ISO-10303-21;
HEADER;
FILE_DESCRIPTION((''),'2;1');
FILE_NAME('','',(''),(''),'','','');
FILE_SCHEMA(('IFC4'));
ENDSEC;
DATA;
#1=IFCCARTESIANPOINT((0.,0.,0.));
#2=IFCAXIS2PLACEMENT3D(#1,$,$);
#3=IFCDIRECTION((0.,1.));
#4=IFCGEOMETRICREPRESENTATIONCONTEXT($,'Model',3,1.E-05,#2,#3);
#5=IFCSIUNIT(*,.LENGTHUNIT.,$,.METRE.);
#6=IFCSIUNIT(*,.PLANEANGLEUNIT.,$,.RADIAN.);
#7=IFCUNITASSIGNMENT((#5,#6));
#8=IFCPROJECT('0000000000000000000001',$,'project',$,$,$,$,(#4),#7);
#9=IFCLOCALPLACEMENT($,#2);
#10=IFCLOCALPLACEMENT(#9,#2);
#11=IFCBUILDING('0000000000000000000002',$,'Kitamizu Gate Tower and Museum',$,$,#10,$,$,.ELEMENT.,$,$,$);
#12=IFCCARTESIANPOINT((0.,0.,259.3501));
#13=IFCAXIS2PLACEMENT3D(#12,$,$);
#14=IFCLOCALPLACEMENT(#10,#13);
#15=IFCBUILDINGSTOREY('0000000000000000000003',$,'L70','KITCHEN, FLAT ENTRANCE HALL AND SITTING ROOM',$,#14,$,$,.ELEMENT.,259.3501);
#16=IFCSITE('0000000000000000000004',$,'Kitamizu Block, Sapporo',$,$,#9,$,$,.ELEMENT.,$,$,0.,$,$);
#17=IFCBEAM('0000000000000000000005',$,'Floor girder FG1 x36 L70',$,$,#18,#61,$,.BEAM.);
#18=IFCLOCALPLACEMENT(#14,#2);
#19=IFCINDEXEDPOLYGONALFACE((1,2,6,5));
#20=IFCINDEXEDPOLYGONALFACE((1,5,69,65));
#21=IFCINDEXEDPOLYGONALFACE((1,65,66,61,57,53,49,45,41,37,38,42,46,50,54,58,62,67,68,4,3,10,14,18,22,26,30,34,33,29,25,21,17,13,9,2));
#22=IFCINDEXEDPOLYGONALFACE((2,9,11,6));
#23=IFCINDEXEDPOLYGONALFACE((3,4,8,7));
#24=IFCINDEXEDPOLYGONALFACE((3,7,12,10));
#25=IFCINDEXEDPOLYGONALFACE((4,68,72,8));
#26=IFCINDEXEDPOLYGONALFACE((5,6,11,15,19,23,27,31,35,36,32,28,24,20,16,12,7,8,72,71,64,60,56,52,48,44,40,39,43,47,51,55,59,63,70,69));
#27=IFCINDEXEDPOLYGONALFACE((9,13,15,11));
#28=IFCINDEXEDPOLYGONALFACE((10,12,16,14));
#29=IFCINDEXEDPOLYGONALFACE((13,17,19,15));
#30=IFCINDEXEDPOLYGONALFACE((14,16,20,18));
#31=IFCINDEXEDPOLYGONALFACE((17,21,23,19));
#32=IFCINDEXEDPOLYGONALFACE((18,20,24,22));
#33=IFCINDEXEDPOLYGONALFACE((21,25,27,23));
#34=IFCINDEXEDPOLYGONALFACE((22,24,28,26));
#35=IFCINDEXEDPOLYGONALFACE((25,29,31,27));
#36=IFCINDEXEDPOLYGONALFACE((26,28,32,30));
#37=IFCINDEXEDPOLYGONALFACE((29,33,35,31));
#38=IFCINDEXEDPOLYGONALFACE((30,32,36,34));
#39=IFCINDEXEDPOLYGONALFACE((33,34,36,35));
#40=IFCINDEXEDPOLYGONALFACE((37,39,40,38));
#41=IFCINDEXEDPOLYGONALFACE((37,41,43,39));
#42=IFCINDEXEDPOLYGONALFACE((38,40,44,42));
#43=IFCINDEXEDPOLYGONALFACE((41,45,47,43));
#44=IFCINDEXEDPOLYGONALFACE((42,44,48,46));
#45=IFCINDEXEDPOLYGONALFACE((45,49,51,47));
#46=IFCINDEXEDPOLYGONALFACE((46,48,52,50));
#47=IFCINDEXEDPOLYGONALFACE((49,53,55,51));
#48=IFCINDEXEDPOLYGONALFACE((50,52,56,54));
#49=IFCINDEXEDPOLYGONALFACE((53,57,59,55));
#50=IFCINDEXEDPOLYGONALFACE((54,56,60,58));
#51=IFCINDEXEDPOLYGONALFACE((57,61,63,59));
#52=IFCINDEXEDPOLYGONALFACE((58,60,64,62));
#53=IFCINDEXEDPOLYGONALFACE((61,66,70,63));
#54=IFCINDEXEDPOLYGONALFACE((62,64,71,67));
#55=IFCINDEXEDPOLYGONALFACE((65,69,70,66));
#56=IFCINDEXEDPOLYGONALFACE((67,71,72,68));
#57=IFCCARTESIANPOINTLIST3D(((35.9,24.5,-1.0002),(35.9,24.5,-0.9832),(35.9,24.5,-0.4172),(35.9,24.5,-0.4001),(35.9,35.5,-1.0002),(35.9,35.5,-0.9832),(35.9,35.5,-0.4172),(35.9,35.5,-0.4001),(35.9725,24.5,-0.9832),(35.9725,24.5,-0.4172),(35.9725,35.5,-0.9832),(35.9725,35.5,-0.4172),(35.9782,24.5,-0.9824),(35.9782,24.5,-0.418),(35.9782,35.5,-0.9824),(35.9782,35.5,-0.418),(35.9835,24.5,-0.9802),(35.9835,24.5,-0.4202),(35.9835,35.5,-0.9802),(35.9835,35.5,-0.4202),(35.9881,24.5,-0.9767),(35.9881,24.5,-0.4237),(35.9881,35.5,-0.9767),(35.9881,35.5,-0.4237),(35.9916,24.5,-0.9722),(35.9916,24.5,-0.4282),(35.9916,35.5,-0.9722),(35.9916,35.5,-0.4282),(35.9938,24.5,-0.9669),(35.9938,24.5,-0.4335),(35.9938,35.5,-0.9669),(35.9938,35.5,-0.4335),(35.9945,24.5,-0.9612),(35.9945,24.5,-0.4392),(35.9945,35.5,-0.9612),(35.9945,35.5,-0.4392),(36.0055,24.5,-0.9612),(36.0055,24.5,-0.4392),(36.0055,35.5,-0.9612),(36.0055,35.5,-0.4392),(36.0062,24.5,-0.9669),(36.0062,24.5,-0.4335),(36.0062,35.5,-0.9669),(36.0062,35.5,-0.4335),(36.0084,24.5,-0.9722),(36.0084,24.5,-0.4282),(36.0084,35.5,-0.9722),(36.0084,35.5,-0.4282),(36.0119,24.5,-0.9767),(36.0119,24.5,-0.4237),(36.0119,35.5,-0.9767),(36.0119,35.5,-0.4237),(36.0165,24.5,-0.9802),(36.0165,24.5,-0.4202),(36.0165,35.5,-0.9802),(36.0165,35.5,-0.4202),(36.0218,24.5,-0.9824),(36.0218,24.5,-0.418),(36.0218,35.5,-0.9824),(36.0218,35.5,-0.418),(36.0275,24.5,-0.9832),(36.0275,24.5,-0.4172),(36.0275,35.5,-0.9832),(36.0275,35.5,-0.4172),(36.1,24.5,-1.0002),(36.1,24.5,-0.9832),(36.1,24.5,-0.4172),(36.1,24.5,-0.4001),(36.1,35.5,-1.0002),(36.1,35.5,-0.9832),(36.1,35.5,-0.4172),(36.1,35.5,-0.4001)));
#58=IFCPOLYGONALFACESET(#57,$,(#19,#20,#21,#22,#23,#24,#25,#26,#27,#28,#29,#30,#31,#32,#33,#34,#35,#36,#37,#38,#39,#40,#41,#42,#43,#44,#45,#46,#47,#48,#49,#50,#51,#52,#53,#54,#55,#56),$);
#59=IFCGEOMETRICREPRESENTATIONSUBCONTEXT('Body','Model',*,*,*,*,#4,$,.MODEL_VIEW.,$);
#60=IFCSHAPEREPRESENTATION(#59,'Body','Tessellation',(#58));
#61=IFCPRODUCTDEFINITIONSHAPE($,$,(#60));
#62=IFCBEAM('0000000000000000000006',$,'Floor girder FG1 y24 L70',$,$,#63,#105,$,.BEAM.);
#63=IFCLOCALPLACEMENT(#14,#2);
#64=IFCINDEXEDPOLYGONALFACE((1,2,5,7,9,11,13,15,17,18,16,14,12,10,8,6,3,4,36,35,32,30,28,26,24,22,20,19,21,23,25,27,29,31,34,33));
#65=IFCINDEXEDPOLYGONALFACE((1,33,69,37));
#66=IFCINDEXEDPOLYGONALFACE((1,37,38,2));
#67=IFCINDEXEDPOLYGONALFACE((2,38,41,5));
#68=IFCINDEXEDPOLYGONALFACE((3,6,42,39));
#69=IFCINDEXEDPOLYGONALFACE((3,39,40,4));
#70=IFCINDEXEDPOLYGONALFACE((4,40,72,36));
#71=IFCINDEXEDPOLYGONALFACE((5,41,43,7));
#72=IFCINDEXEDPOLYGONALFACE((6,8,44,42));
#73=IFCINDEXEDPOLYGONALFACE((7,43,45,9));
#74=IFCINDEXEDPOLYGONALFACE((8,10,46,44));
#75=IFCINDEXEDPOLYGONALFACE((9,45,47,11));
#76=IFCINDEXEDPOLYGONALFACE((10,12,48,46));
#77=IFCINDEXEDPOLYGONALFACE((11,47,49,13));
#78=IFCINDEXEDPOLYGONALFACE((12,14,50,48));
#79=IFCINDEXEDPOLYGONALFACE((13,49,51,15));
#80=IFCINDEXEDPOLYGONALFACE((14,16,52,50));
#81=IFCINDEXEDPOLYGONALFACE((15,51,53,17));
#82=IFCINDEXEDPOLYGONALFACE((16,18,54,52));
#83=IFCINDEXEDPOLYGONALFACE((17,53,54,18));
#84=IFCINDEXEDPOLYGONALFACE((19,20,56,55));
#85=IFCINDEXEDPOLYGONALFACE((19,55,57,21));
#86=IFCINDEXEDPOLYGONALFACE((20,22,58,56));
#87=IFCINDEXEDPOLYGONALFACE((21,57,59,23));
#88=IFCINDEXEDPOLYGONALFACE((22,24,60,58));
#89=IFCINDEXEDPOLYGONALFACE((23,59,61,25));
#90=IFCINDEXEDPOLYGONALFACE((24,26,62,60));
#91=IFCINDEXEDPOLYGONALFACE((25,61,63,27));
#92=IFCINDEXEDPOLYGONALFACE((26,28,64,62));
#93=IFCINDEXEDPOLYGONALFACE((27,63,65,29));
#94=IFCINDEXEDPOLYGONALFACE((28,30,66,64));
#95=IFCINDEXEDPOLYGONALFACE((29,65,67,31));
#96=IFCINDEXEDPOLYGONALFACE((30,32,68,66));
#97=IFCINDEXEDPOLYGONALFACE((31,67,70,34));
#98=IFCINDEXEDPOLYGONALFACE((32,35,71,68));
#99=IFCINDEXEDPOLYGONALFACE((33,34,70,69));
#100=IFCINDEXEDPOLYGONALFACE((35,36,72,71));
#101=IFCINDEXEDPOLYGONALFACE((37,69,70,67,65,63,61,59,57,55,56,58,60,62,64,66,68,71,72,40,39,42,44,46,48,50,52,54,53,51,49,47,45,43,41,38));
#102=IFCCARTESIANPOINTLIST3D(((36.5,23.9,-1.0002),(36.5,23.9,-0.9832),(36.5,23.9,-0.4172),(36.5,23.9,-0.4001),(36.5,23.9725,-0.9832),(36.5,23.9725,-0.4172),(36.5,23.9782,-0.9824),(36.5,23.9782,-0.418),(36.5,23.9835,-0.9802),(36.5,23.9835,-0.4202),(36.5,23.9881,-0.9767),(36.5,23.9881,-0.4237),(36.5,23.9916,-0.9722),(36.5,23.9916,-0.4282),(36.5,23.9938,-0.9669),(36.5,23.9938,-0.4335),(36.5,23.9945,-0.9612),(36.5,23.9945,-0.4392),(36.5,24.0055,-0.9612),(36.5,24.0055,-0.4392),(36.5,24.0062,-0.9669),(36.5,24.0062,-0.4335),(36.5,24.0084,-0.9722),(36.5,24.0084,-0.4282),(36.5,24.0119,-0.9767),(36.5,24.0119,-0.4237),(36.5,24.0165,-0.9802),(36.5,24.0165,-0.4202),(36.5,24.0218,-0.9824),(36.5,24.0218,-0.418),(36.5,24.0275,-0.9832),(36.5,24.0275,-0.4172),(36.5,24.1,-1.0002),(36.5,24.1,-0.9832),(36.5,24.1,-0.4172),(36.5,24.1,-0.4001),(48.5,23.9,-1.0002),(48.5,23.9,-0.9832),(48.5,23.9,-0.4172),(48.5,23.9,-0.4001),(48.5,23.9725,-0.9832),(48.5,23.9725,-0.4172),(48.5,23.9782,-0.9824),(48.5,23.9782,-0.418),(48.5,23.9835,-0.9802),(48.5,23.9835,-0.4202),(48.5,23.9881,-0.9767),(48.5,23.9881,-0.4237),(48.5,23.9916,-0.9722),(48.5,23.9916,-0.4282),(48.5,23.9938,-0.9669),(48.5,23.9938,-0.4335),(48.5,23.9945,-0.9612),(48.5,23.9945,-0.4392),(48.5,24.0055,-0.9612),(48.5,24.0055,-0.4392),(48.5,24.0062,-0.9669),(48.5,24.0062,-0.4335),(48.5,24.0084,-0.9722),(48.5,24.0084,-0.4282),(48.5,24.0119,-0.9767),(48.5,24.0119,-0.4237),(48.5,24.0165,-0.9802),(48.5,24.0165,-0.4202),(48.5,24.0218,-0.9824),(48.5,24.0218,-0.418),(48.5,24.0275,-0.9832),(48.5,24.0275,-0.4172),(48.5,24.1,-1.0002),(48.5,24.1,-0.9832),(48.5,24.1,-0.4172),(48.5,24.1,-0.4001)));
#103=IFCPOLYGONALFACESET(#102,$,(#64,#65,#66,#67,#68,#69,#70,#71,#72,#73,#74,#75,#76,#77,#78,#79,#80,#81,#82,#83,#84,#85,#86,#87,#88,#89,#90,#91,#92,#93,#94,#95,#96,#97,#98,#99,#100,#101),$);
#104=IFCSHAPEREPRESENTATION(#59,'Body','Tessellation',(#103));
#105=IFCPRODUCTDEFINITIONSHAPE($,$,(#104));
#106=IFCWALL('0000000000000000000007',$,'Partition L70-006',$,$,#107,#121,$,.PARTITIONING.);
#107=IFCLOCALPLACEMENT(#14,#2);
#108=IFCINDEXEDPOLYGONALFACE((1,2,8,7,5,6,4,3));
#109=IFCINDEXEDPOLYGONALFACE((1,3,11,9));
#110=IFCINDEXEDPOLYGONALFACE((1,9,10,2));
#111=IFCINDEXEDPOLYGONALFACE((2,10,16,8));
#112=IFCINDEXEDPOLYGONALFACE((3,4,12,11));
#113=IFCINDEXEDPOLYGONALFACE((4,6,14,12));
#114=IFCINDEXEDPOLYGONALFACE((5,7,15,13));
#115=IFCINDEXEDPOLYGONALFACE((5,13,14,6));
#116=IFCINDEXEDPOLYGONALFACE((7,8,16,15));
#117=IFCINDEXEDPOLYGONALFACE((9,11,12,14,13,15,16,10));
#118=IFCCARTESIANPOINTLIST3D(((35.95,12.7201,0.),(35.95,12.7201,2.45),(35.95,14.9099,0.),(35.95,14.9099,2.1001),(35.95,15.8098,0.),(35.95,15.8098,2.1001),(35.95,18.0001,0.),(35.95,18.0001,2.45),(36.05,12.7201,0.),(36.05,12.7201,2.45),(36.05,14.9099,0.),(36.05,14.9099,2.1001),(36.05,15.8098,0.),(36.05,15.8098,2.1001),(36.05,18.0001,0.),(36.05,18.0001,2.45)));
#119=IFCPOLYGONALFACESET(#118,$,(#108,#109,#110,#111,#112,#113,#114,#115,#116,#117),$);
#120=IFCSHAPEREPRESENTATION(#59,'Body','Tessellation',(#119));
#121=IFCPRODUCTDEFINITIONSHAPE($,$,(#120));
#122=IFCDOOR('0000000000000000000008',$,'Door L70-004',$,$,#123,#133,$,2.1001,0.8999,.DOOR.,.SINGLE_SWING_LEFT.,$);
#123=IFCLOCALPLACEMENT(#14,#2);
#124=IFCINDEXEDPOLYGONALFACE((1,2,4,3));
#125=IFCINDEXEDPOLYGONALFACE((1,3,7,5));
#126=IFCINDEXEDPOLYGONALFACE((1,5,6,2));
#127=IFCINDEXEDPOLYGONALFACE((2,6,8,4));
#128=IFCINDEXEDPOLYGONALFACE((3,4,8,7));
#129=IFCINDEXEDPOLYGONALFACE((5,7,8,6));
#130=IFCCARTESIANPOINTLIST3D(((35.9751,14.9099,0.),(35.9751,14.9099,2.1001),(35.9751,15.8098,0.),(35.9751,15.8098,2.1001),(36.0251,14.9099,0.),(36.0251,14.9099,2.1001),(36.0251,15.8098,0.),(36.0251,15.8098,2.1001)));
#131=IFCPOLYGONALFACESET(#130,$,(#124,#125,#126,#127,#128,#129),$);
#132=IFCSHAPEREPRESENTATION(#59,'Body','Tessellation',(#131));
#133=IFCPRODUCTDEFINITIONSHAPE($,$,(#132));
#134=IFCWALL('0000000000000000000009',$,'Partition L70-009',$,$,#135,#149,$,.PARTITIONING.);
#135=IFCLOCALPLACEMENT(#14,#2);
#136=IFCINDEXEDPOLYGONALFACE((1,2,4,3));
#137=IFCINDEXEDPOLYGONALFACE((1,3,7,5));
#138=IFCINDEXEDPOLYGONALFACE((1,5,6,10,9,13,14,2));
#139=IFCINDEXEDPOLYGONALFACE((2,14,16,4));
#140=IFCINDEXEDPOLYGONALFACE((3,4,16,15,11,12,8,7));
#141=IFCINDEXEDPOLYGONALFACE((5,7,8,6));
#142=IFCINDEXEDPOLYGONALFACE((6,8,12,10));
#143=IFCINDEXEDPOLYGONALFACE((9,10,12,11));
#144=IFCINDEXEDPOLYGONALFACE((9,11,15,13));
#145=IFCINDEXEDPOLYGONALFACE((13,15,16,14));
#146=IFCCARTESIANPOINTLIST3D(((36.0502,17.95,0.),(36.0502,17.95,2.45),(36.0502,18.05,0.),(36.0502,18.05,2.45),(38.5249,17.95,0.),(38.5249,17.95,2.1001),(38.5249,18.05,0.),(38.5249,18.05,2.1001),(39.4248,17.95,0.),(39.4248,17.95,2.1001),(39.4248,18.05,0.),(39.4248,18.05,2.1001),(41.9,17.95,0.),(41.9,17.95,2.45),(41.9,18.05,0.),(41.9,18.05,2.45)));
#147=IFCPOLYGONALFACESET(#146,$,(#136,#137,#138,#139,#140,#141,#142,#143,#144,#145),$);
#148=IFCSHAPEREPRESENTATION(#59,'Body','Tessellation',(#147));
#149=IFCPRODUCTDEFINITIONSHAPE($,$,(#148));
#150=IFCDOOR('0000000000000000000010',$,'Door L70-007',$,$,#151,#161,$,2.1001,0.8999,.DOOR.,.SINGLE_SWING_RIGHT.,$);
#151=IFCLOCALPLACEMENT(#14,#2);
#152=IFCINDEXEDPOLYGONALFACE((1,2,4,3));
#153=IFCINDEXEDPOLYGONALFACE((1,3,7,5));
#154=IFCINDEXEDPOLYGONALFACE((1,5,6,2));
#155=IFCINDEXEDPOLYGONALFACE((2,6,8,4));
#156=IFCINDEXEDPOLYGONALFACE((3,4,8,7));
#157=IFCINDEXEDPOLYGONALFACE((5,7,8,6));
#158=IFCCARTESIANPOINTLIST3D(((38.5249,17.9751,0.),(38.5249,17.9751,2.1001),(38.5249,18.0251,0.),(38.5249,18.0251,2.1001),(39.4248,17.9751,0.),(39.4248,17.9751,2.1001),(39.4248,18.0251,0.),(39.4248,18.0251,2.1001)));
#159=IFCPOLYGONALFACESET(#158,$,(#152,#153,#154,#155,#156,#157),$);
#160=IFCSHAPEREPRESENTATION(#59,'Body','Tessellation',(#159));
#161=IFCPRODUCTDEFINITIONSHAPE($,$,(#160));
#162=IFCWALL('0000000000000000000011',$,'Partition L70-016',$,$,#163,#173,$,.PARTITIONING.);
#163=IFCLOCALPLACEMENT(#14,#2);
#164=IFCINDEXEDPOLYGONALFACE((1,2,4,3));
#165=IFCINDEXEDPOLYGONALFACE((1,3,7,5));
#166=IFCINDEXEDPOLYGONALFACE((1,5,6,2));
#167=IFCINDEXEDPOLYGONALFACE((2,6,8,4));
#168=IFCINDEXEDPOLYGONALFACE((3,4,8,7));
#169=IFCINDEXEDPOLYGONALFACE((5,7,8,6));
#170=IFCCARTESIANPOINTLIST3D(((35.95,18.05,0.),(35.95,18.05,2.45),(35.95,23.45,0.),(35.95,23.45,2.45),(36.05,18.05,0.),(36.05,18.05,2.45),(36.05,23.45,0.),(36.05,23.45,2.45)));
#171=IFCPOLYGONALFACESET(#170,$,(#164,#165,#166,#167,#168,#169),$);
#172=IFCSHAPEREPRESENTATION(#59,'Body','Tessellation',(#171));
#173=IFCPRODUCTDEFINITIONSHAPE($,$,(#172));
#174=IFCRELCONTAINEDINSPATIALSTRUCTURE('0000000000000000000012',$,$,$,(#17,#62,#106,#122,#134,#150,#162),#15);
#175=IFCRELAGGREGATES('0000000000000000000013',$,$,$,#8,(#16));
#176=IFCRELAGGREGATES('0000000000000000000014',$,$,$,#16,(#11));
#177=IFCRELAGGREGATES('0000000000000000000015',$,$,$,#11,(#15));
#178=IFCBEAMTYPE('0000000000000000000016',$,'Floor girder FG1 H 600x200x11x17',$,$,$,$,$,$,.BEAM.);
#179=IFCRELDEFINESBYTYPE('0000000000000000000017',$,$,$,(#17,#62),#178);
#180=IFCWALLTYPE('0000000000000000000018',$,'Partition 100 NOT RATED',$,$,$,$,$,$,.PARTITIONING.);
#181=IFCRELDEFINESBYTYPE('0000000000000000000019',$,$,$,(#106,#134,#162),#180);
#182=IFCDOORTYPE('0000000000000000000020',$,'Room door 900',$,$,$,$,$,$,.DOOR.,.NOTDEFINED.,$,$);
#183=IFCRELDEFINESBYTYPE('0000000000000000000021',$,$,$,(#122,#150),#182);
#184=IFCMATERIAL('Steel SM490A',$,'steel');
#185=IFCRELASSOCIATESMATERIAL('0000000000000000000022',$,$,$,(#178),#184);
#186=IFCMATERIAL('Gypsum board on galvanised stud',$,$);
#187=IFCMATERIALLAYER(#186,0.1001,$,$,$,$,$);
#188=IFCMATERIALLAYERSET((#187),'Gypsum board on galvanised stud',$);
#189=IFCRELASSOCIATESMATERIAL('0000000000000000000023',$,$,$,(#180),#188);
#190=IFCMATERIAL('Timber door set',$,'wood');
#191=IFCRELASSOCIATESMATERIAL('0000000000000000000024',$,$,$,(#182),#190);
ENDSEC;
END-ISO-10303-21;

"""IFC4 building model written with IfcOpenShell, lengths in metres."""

from ifc_helpers import new_model, si_unit, direction, frame, frame_2d, origin, origin_2d, place, context, subcontext, project, spatial, rectangle, i_section, extrude, material, layer, layer_set, material_profile, profile_set, type_object, element, fill, save


model = new_model("IFC4")

# Units and contexts
model_context = context("Model", 3, precision=1e-05, world=origin(), true_north=direction((0.0, 1.0)))
body_context = subcontext(model_context, "Body", "Model", "MODEL_VIEW")
ifc_project = project(units=[si_unit("LENGTHUNIT", "METRE"), si_unit("PLANEANGLEUNIT", "RADIAN")], contexts=[model_context])

# Site, building, storey
site_placement = place(None, origin())
site = spatial("IfcSite", under=ifc_project, at=site_placement, Name="Kitamizu Block, Sapporo", CompositionType="ELEMENT", RefElevation=0.0)
building_placement = place(site_placement, origin())
building = spatial("IfcBuilding", under=site, at=building_placement, Name="Kitamizu Gate Tower and Museum", CompositionType="ELEMENT")
storey_placement = place(building_placement, frame((0.0, 0.0, 259.3501)))
storey = spatial("IfcBuildingStorey", under=building, at=storey_placement, Name="L70", Description="KITCHEN, FLAT ENTRANCE HALL AND SITTING ROOM", CompositionType="ELEMENT", Elevation=259.3501)

# Beams
ifc_material_1 = material(Name="Steel SM490A", Category="steel")
ifc_material_profile_1 = material_profile(ifc_material_1, i_section(OverallWidth=0.2, OverallDepth=0.6001, WebThickness=0.011, FlangeThickness=0.0171, FilletRadius=0.022, at=origin_2d()), Name="H-600x200x11x17")
ifc_profile_set_1 = profile_set([ifc_material_profile_1], Name="Steel SM490A")
beam_type_1 = type_object("IfcBeamType", Name="Floor girder FG1 H 600x200x11x17", PredefinedType="BEAM", material=ifc_profile_set_1)
for number, where, z_axis, x_axis, name in (
    (1, (36.0, 24.5, -0.7002), (0.0, 1.0, 0.0), (-1.0, 0.0, 0.0), "Floor girder FG1 x36 L70"),
):
    element("IfcBeam", number, at=place(storey_placement, frame(where, z_axis=z_axis, x_axis=x_axis)), inside=storey, type_object=beam_type_1, Name=name, PredefinedType="BEAM", context=body_context, shape_type="SweptSolid", body=[
        extrude(i_section(OverallWidth=0.2, OverallDepth=0.6001, WebThickness=0.011, FlangeThickness=0.0171, FilletRadius=0.022, at=origin_2d()), origin(), (0.0, 0.0, 1.0), 11.0),
    ])
beam_1_placement = place(storey_placement, frame((36.5, 24.0, -0.7002), z_axis=(1.0, 0.0, 0.0), x_axis=(0.0, 1.0, 0.0)))
element("IfcBeam", 2, at=beam_1_placement, inside=storey, type_object=beam_type_1, Name="Floor girder FG1 y24 L70", PredefinedType="BEAM", context=body_context, shape_type="SweptSolid", body=[
    extrude(i_section(OverallWidth=0.2, OverallDepth=0.6001, WebThickness=0.011, FlangeThickness=0.0171, FilletRadius=0.022, at=origin_2d()), origin(), (0.0, 0.0, 1.0), 12.0),
])

# Walls, openings, doors
ifc_material_2 = material(Name="Gypsum board on galvanised stud")
ifc_layer_1 = layer(ifc_material_2, 0.1001)
ifc_layer_set_1 = layer_set([ifc_layer_1], Name="Gypsum board on galvanised stud")
wall_type_1 = type_object("IfcWallType", Name="Partition 100 NOT RATED", PredefinedType="PARTITIONING", material=ifc_layer_set_1)
wall_1_placement = place(storey_placement, frame((36.0, 12.72, 0.0), z_axis=(0.0, 0.0, 1.0), x_axis=(0.0, 1.0, 0.0)))
wall_1 = element("IfcWall", 3, at=wall_1_placement, inside=storey, type_object=wall_type_1, Name="Partition L70-006", PredefinedType="PARTITIONING", context=body_context, shape_type="SweptSolid", body=[
    extrude(rectangle(XDim=5.28, YDim=0.1001, at=frame_2d((2.6401, 0.0))), origin(), (0.0, 0.0, 1.0), 2.45),
])
opening_1_placement = place(wall_1_placement, frame((2.1899, 0.0, 0.0)))
opening_1 = element("IfcOpeningElement", 4, at=opening_1_placement, cuts=wall_1, PredefinedType="OPENING", context=body_context, shape_type="SweptSolid", body=[
    extrude(rectangle(XDim=0.8999, YDim=2.1001, at=frame_2d((0.45, 1.05))), frame((0.0, 0.0601, 0.0), z_axis=(0.0, -1.0, 0.0), x_axis=(1.0, 0.0, 0.0)), (0.0, 0.0, 1.0), 0.1201),
])
ifc_material_3 = material(Name="Timber door set", Category="wood")
door_type_1 = type_object("IfcDoorType", Name="Room door 900", OperationType="NOTDEFINED", PredefinedType="DOOR", material=ifc_material_3)
door_1_placement = place(opening_1_placement, origin())
door_1 = element("IfcDoor", 5, at=door_1_placement, inside=storey, type_object=door_type_1, Name="Door L70-004", OperationType="SINGLE_SWING_LEFT", OverallHeight=2.1001, OverallWidth=0.8999, PredefinedType="DOOR", context=body_context, shape_type="SweptSolid", body=[
    extrude(rectangle(XDim=0.8999, YDim=2.1001, at=frame_2d((0.45, 1.05))), frame((0.0, 0.0249, 0.0), z_axis=(0.0, -1.0, 0.0), x_axis=(1.0, 0.0, 0.0)), (0.0, 0.0, 1.0), 0.05),
])
fill(opening_1, door_1)
wall_2_placement = place(storey_placement, frame((41.8999, 18.0, 0.0), z_axis=(0.0, 0.0, 1.0), x_axis=(-1.0, 0.0, 0.0)))
wall_2 = element("IfcWall", 6, at=wall_2_placement, inside=storey, type_object=wall_type_1, Name="Partition L70-009", PredefinedType="PARTITIONING", context=body_context, shape_type="SweptSolid", body=[
    extrude(rectangle(XDim=5.8499, YDim=0.1001, at=frame_2d((2.9248, 0.0))), origin(), (0.0, 0.0, 1.0), 2.45),
])
opening_2_placement = place(wall_2_placement, frame((2.4751, 0.0, 0.0)))
opening_2 = element("IfcOpeningElement", 7, at=opening_2_placement, cuts=wall_2, PredefinedType="OPENING", context=body_context, shape_type="SweptSolid", body=[
    extrude(rectangle(XDim=0.8999, YDim=2.1001, at=frame_2d((0.45, 1.05))), frame((0.0, 0.0601, 0.0), z_axis=(0.0, -1.0, 0.0), x_axis=(1.0, 0.0, 0.0)), (0.0, 0.0, 1.0), 0.1201),
])
door_2_placement = place(opening_2_placement, origin())
door_2 = element("IfcDoor", 8, at=door_2_placement, inside=storey, type_object=door_type_1, Name="Door L70-007", OperationType="SINGLE_SWING_RIGHT", OverallHeight=2.1001, OverallWidth=0.8999, PredefinedType="DOOR", context=body_context, shape_type="SweptSolid", body=[
    extrude(rectangle(XDim=0.8999, YDim=2.1001, at=frame_2d((0.45, 1.05))), frame((0.0, 0.0249, 0.0), z_axis=(0.0, -1.0, 0.0), x_axis=(1.0, 0.0, 0.0)), (0.0, 0.0, 1.0), 0.05),
])
fill(opening_2, door_2)

# Wall
wall_3_placement = place(storey_placement, frame((36.0, 18.05, 0.0), z_axis=(0.0, 0.0, 1.0), x_axis=(0.0, 1.0, 0.0)))
element("IfcWall", 9, at=wall_3_placement, inside=storey, type_object=wall_type_1, Name="Partition L70-016", PredefinedType="PARTITIONING", context=body_context, shape_type="SweptSolid", body=[
    extrude(rectangle(XDim=5.3999, YDim=0.1001, at=frame_2d((2.7, 0.0))), origin(), (0.0, 0.0, 1.0), 2.45),
])

save(model, "model.ifc")
